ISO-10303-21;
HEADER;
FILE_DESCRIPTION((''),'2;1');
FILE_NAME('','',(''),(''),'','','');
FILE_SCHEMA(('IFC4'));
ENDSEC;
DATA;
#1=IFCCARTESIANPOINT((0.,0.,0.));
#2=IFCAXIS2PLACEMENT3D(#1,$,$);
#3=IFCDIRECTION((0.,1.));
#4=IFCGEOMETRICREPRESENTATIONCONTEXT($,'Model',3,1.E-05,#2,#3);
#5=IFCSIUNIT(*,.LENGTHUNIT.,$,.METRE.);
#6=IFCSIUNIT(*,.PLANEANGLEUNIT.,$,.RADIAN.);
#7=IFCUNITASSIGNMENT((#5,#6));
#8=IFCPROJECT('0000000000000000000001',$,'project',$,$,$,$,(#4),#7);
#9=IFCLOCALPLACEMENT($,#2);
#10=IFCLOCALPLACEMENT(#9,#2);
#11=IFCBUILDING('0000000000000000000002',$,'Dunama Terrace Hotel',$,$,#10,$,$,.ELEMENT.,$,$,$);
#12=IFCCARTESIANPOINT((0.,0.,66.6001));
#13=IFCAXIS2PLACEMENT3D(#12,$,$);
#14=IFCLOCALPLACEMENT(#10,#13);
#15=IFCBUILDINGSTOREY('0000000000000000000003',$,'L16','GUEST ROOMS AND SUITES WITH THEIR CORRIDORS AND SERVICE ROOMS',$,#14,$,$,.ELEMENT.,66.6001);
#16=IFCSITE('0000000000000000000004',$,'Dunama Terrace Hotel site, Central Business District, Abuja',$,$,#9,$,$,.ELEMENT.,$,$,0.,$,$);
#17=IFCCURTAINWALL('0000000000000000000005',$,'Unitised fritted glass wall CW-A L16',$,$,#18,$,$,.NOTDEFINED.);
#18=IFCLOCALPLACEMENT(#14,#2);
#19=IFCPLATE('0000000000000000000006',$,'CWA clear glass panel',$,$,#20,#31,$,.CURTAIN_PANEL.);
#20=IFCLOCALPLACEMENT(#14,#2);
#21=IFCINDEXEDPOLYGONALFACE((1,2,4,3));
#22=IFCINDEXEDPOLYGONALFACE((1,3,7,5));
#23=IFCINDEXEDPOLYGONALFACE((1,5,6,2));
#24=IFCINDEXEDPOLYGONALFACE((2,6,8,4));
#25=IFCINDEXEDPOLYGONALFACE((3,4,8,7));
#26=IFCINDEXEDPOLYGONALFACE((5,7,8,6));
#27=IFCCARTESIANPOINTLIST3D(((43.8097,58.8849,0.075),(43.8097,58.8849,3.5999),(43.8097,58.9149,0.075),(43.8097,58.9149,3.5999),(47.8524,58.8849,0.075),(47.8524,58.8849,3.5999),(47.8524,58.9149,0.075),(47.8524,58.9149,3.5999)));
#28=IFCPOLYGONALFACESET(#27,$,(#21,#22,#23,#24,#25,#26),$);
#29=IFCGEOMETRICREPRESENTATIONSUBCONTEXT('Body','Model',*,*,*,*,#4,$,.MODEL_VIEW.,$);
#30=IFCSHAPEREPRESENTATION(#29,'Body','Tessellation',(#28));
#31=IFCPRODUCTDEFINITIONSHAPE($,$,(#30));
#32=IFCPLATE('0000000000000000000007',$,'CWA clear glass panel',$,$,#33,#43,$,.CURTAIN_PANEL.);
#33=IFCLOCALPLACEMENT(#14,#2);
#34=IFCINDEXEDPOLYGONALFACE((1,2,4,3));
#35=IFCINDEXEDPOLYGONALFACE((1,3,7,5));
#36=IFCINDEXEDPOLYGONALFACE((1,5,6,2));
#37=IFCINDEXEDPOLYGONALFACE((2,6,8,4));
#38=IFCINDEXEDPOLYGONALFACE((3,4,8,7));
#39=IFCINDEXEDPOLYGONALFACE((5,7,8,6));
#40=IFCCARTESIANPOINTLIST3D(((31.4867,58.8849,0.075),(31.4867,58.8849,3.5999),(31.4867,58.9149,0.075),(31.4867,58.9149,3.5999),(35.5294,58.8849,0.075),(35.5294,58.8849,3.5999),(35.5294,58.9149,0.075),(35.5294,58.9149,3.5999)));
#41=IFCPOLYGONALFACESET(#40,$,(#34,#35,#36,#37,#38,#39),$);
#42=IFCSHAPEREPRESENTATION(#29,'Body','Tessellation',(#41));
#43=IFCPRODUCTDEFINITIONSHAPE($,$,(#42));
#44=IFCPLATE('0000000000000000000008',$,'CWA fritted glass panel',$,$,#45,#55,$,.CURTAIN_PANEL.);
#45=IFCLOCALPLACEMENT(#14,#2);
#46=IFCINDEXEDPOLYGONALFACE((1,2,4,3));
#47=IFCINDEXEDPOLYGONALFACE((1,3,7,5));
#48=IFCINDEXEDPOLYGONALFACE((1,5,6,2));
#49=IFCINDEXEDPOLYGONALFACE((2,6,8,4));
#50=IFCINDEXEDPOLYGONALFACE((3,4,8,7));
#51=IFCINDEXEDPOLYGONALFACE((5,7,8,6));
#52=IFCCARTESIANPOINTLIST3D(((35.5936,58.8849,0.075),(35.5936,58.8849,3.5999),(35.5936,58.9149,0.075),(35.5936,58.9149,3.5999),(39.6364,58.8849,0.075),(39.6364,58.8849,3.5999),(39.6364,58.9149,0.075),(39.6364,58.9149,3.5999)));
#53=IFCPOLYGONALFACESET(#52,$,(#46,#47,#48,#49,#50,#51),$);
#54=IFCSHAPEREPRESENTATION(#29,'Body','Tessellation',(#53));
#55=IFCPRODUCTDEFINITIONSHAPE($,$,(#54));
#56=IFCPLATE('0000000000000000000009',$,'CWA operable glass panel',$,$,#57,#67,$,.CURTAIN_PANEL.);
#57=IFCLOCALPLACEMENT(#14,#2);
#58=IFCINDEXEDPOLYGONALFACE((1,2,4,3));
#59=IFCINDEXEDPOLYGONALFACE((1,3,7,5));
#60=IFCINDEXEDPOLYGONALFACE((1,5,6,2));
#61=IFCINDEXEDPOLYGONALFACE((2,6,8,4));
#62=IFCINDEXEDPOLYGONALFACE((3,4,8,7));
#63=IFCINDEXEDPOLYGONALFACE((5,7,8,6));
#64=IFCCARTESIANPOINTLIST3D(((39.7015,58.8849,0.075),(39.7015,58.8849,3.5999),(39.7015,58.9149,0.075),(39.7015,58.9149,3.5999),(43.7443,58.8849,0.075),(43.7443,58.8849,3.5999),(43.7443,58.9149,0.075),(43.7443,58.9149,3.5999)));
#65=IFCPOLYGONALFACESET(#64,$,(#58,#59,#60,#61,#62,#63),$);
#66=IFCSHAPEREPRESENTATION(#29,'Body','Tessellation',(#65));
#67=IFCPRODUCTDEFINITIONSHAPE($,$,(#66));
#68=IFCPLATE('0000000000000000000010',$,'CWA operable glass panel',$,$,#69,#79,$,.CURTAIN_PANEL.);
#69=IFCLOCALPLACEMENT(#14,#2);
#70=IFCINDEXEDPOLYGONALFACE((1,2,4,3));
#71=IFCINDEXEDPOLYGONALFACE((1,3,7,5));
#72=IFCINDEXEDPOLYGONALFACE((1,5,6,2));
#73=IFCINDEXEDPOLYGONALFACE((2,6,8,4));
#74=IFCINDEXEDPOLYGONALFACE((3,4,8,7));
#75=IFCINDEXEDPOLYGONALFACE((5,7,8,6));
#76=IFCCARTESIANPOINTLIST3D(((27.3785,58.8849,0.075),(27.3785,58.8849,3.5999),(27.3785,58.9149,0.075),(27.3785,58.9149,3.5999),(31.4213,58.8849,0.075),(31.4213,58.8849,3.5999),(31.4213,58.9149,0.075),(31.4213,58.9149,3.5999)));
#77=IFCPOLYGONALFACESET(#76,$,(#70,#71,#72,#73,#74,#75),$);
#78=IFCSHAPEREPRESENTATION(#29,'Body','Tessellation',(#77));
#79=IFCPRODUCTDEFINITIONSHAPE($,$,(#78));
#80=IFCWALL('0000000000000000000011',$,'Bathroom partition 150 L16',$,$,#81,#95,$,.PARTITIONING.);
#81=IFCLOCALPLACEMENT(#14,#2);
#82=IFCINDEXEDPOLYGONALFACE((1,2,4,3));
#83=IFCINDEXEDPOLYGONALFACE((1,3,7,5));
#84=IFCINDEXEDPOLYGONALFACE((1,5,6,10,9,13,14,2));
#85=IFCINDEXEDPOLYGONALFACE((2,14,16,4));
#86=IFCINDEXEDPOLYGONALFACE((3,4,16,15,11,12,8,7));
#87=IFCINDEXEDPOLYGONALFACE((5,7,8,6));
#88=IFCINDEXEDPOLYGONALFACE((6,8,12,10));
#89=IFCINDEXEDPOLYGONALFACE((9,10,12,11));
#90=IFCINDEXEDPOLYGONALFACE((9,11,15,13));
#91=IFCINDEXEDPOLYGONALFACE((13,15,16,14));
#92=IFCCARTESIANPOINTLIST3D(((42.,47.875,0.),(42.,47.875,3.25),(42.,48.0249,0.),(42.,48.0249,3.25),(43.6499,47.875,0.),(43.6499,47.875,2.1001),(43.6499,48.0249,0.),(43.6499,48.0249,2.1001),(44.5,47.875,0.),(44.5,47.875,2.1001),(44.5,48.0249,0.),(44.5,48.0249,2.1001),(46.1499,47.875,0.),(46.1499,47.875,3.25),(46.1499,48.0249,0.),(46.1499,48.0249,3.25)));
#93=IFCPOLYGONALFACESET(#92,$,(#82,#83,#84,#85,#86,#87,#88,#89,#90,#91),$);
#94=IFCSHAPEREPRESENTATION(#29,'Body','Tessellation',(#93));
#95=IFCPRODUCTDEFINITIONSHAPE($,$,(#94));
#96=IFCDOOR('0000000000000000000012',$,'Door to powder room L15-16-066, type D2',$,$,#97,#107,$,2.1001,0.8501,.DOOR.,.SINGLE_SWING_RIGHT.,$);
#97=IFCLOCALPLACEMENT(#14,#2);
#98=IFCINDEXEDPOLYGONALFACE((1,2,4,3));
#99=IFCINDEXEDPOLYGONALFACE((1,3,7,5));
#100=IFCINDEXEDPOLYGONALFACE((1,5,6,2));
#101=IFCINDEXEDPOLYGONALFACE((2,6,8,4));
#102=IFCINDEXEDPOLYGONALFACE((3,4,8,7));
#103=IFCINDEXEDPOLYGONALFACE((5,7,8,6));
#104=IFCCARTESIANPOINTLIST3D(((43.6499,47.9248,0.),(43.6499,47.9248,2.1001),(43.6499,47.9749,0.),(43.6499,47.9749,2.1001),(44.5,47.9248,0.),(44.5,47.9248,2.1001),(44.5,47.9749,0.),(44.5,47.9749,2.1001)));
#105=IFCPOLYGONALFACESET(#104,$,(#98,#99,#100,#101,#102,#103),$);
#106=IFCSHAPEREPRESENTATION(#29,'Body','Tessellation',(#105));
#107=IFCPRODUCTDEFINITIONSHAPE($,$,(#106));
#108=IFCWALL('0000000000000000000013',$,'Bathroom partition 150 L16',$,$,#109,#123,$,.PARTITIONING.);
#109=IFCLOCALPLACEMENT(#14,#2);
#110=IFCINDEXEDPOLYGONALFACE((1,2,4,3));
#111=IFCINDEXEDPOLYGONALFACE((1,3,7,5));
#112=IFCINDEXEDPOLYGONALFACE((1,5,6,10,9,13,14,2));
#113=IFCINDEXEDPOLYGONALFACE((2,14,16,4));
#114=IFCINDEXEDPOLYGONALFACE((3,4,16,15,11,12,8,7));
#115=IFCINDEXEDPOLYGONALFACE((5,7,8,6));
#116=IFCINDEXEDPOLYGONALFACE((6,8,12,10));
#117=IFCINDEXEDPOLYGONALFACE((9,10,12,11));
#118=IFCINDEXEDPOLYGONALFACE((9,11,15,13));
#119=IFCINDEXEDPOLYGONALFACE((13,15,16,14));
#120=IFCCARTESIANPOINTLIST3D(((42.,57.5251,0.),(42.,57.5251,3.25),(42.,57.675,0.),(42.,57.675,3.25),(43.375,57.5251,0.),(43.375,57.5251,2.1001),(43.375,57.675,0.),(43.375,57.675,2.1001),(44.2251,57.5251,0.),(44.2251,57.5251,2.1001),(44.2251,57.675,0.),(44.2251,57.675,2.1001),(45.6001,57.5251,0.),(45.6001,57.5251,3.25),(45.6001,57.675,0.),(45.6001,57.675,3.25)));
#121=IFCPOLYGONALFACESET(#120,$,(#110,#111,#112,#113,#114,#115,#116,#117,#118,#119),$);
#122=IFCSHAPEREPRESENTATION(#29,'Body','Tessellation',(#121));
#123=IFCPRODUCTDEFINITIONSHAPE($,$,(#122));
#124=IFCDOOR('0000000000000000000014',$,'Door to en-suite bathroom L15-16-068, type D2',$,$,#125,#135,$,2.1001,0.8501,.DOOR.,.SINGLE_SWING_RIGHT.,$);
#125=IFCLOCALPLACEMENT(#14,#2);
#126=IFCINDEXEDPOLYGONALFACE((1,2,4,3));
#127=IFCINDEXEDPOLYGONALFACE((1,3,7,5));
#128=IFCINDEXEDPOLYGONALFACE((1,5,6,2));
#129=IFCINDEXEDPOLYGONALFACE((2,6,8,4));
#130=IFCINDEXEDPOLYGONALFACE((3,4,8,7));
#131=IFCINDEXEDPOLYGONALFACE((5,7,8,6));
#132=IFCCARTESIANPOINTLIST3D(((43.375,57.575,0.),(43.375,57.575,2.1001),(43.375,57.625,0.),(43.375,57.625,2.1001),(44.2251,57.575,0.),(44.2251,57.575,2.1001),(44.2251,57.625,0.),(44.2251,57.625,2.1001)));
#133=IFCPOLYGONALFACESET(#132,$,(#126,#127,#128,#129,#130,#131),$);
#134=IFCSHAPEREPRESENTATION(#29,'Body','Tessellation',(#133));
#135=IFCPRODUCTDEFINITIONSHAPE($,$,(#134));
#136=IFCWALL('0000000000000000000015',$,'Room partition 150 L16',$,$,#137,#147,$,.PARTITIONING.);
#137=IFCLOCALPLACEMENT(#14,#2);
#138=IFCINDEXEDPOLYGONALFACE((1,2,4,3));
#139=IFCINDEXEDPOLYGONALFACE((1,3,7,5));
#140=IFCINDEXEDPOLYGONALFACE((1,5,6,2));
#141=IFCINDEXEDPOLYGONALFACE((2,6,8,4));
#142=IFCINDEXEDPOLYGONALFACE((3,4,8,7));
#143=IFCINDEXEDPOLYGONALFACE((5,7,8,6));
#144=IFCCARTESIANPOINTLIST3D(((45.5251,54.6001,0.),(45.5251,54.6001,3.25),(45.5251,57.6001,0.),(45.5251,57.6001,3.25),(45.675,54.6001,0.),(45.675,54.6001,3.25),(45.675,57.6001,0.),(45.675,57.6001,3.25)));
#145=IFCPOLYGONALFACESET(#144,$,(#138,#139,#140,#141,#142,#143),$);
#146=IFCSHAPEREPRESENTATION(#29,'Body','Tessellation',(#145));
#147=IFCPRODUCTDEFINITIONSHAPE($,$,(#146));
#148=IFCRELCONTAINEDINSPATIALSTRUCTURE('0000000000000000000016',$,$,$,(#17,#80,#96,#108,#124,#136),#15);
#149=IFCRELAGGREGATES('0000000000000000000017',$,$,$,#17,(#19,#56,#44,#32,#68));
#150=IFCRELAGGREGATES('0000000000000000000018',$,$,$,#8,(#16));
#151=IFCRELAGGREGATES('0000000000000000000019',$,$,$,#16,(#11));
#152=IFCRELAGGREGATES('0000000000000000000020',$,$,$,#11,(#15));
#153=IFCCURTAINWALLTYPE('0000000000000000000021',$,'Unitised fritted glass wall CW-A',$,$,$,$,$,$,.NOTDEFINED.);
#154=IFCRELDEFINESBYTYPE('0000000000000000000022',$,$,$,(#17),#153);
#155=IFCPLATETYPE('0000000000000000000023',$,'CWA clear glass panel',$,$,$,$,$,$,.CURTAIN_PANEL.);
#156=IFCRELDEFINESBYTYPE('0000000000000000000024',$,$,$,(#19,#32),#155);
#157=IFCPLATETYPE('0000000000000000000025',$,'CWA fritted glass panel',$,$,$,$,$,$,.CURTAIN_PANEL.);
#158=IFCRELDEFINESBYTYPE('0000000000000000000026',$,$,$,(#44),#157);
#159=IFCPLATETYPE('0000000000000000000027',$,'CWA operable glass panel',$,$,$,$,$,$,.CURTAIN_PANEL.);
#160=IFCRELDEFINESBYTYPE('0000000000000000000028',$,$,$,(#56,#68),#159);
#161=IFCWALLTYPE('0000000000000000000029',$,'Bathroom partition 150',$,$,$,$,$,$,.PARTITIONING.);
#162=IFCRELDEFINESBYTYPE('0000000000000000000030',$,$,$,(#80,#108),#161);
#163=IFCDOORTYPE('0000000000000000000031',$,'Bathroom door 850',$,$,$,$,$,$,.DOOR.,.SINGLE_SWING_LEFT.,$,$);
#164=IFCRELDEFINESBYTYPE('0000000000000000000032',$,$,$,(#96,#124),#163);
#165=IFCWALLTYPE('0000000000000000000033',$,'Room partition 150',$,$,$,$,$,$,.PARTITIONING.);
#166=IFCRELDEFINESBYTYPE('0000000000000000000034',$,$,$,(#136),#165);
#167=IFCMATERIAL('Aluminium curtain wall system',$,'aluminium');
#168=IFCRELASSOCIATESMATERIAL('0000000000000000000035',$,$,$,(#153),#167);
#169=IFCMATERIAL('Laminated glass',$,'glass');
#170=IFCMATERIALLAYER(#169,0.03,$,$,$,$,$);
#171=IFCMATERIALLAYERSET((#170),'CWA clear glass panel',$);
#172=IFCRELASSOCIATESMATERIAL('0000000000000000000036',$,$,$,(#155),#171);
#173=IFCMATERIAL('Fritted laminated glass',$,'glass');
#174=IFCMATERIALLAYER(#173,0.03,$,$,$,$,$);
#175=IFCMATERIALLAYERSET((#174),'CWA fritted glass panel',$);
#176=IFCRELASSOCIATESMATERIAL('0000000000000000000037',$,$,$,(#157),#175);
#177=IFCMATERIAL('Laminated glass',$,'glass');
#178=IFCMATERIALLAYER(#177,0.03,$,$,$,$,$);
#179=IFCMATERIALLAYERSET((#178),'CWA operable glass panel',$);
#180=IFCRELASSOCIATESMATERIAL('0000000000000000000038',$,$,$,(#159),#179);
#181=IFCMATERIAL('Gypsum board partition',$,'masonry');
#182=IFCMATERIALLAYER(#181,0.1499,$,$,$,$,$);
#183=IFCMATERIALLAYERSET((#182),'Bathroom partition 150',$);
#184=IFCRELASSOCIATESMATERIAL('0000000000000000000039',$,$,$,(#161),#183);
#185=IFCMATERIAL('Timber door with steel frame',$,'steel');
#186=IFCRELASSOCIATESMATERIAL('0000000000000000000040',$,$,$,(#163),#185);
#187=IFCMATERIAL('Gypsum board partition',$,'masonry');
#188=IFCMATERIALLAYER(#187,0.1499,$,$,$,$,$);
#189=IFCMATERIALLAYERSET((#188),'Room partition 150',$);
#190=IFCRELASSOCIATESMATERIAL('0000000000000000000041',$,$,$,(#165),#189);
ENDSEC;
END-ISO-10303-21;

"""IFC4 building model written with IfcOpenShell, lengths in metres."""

from ifc_helpers import new_model, si_unit, direction, frame, frame_2d, origin, origin_2d, place, context, subcontext, project, spatial, rectangle, extrude, material, layer, layer_set, type_object, element, fill, aggregate, save


model = new_model("IFC4")

# Units and contexts
model_context = context("Model", 3, precision=1e-05, world=origin(), true_north=direction((0.0, 1.0)))
body_context = subcontext(model_context, "Body", "Model", "MODEL_VIEW")
ifc_project = project(units=[si_unit("LENGTHUNIT", "METRE"), si_unit("PLANEANGLEUNIT", "RADIAN")], contexts=[model_context])

# Site, building, storey
site_placement = place(None, origin())
site = spatial("IfcSite", under=ifc_project, at=site_placement, Name="Dunama Terrace Hotel site, Central Business District, Abuja", CompositionType="ELEMENT", RefElevation=0.0)
building_placement = place(site_placement, origin())
building = spatial("IfcBuilding", under=site, at=building_placement, Name="Dunama Terrace Hotel", CompositionType="ELEMENT")
storey_placement = place(building_placement, frame((0.0, 0.0, 66.6001)))
storey = spatial("IfcBuildingStorey", under=building, at=storey_placement, Name="L16", Description="GUEST ROOMS AND SUITES WITH THEIR CORRIDORS AND SERVICE ROOMS", CompositionType="ELEMENT", Elevation=66.6001)

# Curtain wall
ifc_material_1 = material(Name="Aluminium curtain wall system", Category="aluminium")
curtain_wall_type = type_object("IfcCurtainWallType", Name="Unitised fritted glass wall CW-A", PredefinedType="NOTDEFINED", material=ifc_material_1)
curtain_wall_placement = place(storey_placement, origin())
curtain_wall = element("IfcCurtainWall", 1, at=curtain_wall_placement, inside=storey, type_object=curtain_wall_type, Name="Unitised fritted glass wall CW-A L16", PredefinedType="NOTDEFINED")

# Plates
ifc_material_2 = material(Name="Laminated glass", Category="glass")
ifc_layer_1 = layer(ifc_material_2, 0.03)
ifc_layer_set_1 = layer_set([ifc_layer_1], Name="CWA clear glass panel")
plate_type_1 = type_object("IfcPlateType", Name="CWA clear glass panel", PredefinedType="CURTAIN_PANEL", material=ifc_layer_set_1)
plate_1_placement = place(storey_placement, frame((45.8311, 58.8999, 0.075), z_axis=(0.0, 0.0, 1.0), x_axis=(-1.0, 0.0, 0.0)))
plate_1 = element("IfcPlate", 2, at=plate_1_placement, type_object=plate_type_1, Name="CWA clear glass panel", PredefinedType="CURTAIN_PANEL", context=body_context, shape_type="SweptSolid", body=[
    extrude(rectangle(XDim=4.0427, YDim=0.03, at=origin_2d()), origin(), (0.0, 0.0, 1.0), 3.5249),
])
plate_2_placement = place(storey_placement, frame((33.5081, 58.8999, 0.075), z_axis=(0.0, 0.0, 1.0), x_axis=(-1.0, 0.0, 0.0)))
plate_2 = element("IfcPlate", 3, at=plate_2_placement, type_object=plate_type_1, Name="CWA clear glass panel", PredefinedType="CURTAIN_PANEL", context=body_context, shape_type="SweptSolid", body=[
    extrude(rectangle(XDim=4.0427, YDim=0.03, at=origin_2d()), origin(), (0.0, 0.0, 1.0), 3.5249),
])
ifc_material_3 = material(Name="Fritted laminated glass", Category="glass")
ifc_layer_2 = layer(ifc_material_3, 0.03)
ifc_layer_set_2 = layer_set([ifc_layer_2], Name="CWA fritted glass panel")
plate_type_2 = type_object("IfcPlateType", Name="CWA fritted glass panel", PredefinedType="CURTAIN_PANEL", material=ifc_layer_set_2)
plate_3_placement = place(storey_placement, frame((37.615, 58.8999, 0.075), z_axis=(0.0, 0.0, 1.0), x_axis=(-1.0, 0.0, 0.0)))
plate_3 = element("IfcPlate", 4, at=plate_3_placement, type_object=plate_type_2, Name="CWA fritted glass panel", PredefinedType="CURTAIN_PANEL", context=body_context, shape_type="SweptSolid", body=[
    extrude(rectangle(XDim=4.0427, YDim=0.03, at=origin_2d()), origin(), (0.0, 0.0, 1.0), 3.5249),
])
ifc_material_4 = material(Name="Laminated glass", Category="glass")
ifc_layer_3 = layer(ifc_material_4, 0.03)
ifc_layer_set_3 = layer_set([ifc_layer_3], Name="CWA operable glass panel")
plate_type_3 = type_object("IfcPlateType", Name="CWA operable glass panel", PredefinedType="CURTAIN_PANEL", material=ifc_layer_set_3)
plate_4_placement = place(storey_placement, frame((41.7229, 58.8999, 0.075), z_axis=(0.0, 0.0, 1.0), x_axis=(-1.0, 0.0, 0.0)))
plate_4 = element("IfcPlate", 5, at=plate_4_placement, type_object=plate_type_3, Name="CWA operable glass panel", PredefinedType="CURTAIN_PANEL", context=body_context, shape_type="SweptSolid", body=[
    extrude(rectangle(XDim=4.0427, YDim=0.03, at=origin_2d()), origin(), (0.0, 0.0, 1.0), 3.5249),
])
plate_5_placement = place(storey_placement, frame((29.3999, 58.8999, 0.075), z_axis=(0.0, 0.0, 1.0), x_axis=(-1.0, 0.0, 0.0)))
plate_5 = element("IfcPlate", 6, at=plate_5_placement, type_object=plate_type_3, Name="CWA operable glass panel", PredefinedType="CURTAIN_PANEL", context=body_context, shape_type="SweptSolid", body=[
    extrude(rectangle(XDim=4.0427, YDim=0.03, at=origin_2d()), origin(), (0.0, 0.0, 1.0), 3.5249),
])
aggregate(curtain_wall, [plate_1, plate_4, plate_3, plate_2, plate_5])

# Walls, openings, doors
ifc_material_5 = material(Name="Gypsum board partition", Category="masonry")
ifc_layer_4 = layer(ifc_material_5, 0.1499)
ifc_layer_set_4 = layer_set([ifc_layer_4], Name="Bathroom partition 150")
wall_type_1 = type_object("IfcWallType", Name="Bathroom partition 150", PredefinedType="PARTITIONING", material=ifc_layer_set_4)
wall_1_placement = place(storey_placement, frame((42.0, 47.95, 0.0), z_axis=(0.0, 0.0, 1.0), x_axis=(1.0, 0.0, 0.0)))
wall_1 = element("IfcWall", 7, at=wall_1_placement, inside=storey, type_object=wall_type_1, Name="Bathroom partition 150 L16", PredefinedType="PARTITIONING", context=body_context, shape_type="SweptSolid", body=[
    extrude(rectangle(XDim=4.1499, YDim=0.1499, at=frame_2d((2.075, 0.0))), origin(), (0.0, 0.0, 1.0), 3.25),
])
opening_1_placement = place(wall_1_placement, frame((1.6499, 0.0, 0.0)))
opening_1 = element("IfcOpeningElement", 8, at=opening_1_placement, cuts=wall_1, PredefinedType="OPENING", context=body_context, shape_type="SweptSolid", body=[
    extrude(rectangle(XDim=0.8501, YDim=2.1001, at=frame_2d((0.425, 1.05))), frame((0.0, 0.085, 0.0), z_axis=(0.0, -1.0, 0.0), x_axis=(1.0, 0.0, 0.0)), (0.0, 0.0, 1.0), 0.1699),
])
ifc_material_6 = material(Name="Timber door with steel frame", Category="steel")
door_type_1 = type_object("IfcDoorType", Name="Bathroom door 850", OperationType="SINGLE_SWING_LEFT", PredefinedType="DOOR", material=ifc_material_6)
door_1_placement = place(opening_1_placement, frame((0.8501, 0.0, 0.0), z_axis=(0.0, 0.0, 1.0), x_axis=(-1.0, 0.0, 0.0)))
door_1 = element("IfcDoor", 9, at=door_1_placement, inside=storey, type_object=door_type_1, Name="Door to powder room L15-16-066, type D2", OperationType="SINGLE_SWING_RIGHT", OverallHeight=2.1001, OverallWidth=0.8501, PredefinedType="DOOR", context=body_context, shape_type="SweptSolid", body=[
    extrude(rectangle(XDim=0.8501, YDim=2.1001, at=frame_2d((0.425, 1.05))), frame((0.0, 0.0251, 0.0), z_axis=(0.0, -1.0, 0.0), x_axis=(1.0, 0.0, 0.0)), (0.0, 0.0, 1.0), 0.05),
])
fill(opening_1, door_1)
wall_2_placement = place(storey_placement, frame((42.0, 57.6001, 0.0), z_axis=(0.0, 0.0, 1.0), x_axis=(1.0, 0.0, 0.0)))
wall_2 = element("IfcWall", 10, at=wall_2_placement, inside=storey, type_object=wall_type_1, Name="Bathroom partition 150 L16", PredefinedType="PARTITIONING", context=body_context, shape_type="SweptSolid", body=[
    extrude(rectangle(XDim=3.6001, YDim=0.1499, at=frame_2d((1.8, 0.0))), origin(), (0.0, 0.0, 1.0), 3.25),
])
opening_2_placement = place(wall_2_placement, frame((1.375, 0.0, 0.0)))
opening_2 = element("IfcOpeningElement", 11, at=opening_2_placement, cuts=wall_2, PredefinedType="OPENING", context=body_context, shape_type="SweptSolid", body=[
    extrude(rectangle(XDim=0.8501, YDim=2.1001, at=frame_2d((0.425, 1.05))), frame((0.0, 0.085, 0.0), z_axis=(0.0, -1.0, 0.0), x_axis=(1.0, 0.0, 0.0)), (0.0, 0.0, 1.0), 0.1699),
])
door_2_placement = place(opening_2_placement, frame((0.8501, 0.0, 0.0), z_axis=(0.0, 0.0, 1.0), x_axis=(-1.0, 0.0, 0.0)))
door_2 = element("IfcDoor", 12, at=door_2_placement, inside=storey, type_object=door_type_1, Name="Door to en-suite bathroom L15-16-068, type D2", OperationType="SINGLE_SWING_RIGHT", OverallHeight=2.1001, OverallWidth=0.8501, PredefinedType="DOOR", context=body_context, shape_type="SweptSolid", body=[
    extrude(rectangle(XDim=0.8501, YDim=2.1001, at=frame_2d((0.425, 1.05))), frame((0.0, 0.0251, 0.0), z_axis=(0.0, -1.0, 0.0), x_axis=(1.0, 0.0, 0.0)), (0.0, 0.0, 1.0), 0.05),
])
fill(opening_2, door_2)

# Wall
ifc_material_7 = material(Name="Gypsum board partition", Category="masonry")
ifc_layer_5 = layer(ifc_material_7, 0.1499)
ifc_layer_set_5 = layer_set([ifc_layer_5], Name="Room partition 150")
wall_type_2 = type_object("IfcWallType", Name="Room partition 150", PredefinedType="PARTITIONING", material=ifc_layer_set_5)
wall_3_placement = place(storey_placement, frame((45.6001, 54.6001, 0.0), z_axis=(0.0, 0.0, 1.0), x_axis=(0.0, 1.0, 0.0)))
element("IfcWall", 13, at=wall_3_placement, inside=storey, type_object=wall_type_2, Name="Room partition 150 L16", PredefinedType="PARTITIONING", context=body_context, shape_type="SweptSolid", body=[
    extrude(rectangle(XDim=3.0, YDim=0.1499, at=frame_2d((1.5, 0.0))), origin(), (0.0, 0.0, 1.0), 3.25),
])

save(model, "model.ifc")
